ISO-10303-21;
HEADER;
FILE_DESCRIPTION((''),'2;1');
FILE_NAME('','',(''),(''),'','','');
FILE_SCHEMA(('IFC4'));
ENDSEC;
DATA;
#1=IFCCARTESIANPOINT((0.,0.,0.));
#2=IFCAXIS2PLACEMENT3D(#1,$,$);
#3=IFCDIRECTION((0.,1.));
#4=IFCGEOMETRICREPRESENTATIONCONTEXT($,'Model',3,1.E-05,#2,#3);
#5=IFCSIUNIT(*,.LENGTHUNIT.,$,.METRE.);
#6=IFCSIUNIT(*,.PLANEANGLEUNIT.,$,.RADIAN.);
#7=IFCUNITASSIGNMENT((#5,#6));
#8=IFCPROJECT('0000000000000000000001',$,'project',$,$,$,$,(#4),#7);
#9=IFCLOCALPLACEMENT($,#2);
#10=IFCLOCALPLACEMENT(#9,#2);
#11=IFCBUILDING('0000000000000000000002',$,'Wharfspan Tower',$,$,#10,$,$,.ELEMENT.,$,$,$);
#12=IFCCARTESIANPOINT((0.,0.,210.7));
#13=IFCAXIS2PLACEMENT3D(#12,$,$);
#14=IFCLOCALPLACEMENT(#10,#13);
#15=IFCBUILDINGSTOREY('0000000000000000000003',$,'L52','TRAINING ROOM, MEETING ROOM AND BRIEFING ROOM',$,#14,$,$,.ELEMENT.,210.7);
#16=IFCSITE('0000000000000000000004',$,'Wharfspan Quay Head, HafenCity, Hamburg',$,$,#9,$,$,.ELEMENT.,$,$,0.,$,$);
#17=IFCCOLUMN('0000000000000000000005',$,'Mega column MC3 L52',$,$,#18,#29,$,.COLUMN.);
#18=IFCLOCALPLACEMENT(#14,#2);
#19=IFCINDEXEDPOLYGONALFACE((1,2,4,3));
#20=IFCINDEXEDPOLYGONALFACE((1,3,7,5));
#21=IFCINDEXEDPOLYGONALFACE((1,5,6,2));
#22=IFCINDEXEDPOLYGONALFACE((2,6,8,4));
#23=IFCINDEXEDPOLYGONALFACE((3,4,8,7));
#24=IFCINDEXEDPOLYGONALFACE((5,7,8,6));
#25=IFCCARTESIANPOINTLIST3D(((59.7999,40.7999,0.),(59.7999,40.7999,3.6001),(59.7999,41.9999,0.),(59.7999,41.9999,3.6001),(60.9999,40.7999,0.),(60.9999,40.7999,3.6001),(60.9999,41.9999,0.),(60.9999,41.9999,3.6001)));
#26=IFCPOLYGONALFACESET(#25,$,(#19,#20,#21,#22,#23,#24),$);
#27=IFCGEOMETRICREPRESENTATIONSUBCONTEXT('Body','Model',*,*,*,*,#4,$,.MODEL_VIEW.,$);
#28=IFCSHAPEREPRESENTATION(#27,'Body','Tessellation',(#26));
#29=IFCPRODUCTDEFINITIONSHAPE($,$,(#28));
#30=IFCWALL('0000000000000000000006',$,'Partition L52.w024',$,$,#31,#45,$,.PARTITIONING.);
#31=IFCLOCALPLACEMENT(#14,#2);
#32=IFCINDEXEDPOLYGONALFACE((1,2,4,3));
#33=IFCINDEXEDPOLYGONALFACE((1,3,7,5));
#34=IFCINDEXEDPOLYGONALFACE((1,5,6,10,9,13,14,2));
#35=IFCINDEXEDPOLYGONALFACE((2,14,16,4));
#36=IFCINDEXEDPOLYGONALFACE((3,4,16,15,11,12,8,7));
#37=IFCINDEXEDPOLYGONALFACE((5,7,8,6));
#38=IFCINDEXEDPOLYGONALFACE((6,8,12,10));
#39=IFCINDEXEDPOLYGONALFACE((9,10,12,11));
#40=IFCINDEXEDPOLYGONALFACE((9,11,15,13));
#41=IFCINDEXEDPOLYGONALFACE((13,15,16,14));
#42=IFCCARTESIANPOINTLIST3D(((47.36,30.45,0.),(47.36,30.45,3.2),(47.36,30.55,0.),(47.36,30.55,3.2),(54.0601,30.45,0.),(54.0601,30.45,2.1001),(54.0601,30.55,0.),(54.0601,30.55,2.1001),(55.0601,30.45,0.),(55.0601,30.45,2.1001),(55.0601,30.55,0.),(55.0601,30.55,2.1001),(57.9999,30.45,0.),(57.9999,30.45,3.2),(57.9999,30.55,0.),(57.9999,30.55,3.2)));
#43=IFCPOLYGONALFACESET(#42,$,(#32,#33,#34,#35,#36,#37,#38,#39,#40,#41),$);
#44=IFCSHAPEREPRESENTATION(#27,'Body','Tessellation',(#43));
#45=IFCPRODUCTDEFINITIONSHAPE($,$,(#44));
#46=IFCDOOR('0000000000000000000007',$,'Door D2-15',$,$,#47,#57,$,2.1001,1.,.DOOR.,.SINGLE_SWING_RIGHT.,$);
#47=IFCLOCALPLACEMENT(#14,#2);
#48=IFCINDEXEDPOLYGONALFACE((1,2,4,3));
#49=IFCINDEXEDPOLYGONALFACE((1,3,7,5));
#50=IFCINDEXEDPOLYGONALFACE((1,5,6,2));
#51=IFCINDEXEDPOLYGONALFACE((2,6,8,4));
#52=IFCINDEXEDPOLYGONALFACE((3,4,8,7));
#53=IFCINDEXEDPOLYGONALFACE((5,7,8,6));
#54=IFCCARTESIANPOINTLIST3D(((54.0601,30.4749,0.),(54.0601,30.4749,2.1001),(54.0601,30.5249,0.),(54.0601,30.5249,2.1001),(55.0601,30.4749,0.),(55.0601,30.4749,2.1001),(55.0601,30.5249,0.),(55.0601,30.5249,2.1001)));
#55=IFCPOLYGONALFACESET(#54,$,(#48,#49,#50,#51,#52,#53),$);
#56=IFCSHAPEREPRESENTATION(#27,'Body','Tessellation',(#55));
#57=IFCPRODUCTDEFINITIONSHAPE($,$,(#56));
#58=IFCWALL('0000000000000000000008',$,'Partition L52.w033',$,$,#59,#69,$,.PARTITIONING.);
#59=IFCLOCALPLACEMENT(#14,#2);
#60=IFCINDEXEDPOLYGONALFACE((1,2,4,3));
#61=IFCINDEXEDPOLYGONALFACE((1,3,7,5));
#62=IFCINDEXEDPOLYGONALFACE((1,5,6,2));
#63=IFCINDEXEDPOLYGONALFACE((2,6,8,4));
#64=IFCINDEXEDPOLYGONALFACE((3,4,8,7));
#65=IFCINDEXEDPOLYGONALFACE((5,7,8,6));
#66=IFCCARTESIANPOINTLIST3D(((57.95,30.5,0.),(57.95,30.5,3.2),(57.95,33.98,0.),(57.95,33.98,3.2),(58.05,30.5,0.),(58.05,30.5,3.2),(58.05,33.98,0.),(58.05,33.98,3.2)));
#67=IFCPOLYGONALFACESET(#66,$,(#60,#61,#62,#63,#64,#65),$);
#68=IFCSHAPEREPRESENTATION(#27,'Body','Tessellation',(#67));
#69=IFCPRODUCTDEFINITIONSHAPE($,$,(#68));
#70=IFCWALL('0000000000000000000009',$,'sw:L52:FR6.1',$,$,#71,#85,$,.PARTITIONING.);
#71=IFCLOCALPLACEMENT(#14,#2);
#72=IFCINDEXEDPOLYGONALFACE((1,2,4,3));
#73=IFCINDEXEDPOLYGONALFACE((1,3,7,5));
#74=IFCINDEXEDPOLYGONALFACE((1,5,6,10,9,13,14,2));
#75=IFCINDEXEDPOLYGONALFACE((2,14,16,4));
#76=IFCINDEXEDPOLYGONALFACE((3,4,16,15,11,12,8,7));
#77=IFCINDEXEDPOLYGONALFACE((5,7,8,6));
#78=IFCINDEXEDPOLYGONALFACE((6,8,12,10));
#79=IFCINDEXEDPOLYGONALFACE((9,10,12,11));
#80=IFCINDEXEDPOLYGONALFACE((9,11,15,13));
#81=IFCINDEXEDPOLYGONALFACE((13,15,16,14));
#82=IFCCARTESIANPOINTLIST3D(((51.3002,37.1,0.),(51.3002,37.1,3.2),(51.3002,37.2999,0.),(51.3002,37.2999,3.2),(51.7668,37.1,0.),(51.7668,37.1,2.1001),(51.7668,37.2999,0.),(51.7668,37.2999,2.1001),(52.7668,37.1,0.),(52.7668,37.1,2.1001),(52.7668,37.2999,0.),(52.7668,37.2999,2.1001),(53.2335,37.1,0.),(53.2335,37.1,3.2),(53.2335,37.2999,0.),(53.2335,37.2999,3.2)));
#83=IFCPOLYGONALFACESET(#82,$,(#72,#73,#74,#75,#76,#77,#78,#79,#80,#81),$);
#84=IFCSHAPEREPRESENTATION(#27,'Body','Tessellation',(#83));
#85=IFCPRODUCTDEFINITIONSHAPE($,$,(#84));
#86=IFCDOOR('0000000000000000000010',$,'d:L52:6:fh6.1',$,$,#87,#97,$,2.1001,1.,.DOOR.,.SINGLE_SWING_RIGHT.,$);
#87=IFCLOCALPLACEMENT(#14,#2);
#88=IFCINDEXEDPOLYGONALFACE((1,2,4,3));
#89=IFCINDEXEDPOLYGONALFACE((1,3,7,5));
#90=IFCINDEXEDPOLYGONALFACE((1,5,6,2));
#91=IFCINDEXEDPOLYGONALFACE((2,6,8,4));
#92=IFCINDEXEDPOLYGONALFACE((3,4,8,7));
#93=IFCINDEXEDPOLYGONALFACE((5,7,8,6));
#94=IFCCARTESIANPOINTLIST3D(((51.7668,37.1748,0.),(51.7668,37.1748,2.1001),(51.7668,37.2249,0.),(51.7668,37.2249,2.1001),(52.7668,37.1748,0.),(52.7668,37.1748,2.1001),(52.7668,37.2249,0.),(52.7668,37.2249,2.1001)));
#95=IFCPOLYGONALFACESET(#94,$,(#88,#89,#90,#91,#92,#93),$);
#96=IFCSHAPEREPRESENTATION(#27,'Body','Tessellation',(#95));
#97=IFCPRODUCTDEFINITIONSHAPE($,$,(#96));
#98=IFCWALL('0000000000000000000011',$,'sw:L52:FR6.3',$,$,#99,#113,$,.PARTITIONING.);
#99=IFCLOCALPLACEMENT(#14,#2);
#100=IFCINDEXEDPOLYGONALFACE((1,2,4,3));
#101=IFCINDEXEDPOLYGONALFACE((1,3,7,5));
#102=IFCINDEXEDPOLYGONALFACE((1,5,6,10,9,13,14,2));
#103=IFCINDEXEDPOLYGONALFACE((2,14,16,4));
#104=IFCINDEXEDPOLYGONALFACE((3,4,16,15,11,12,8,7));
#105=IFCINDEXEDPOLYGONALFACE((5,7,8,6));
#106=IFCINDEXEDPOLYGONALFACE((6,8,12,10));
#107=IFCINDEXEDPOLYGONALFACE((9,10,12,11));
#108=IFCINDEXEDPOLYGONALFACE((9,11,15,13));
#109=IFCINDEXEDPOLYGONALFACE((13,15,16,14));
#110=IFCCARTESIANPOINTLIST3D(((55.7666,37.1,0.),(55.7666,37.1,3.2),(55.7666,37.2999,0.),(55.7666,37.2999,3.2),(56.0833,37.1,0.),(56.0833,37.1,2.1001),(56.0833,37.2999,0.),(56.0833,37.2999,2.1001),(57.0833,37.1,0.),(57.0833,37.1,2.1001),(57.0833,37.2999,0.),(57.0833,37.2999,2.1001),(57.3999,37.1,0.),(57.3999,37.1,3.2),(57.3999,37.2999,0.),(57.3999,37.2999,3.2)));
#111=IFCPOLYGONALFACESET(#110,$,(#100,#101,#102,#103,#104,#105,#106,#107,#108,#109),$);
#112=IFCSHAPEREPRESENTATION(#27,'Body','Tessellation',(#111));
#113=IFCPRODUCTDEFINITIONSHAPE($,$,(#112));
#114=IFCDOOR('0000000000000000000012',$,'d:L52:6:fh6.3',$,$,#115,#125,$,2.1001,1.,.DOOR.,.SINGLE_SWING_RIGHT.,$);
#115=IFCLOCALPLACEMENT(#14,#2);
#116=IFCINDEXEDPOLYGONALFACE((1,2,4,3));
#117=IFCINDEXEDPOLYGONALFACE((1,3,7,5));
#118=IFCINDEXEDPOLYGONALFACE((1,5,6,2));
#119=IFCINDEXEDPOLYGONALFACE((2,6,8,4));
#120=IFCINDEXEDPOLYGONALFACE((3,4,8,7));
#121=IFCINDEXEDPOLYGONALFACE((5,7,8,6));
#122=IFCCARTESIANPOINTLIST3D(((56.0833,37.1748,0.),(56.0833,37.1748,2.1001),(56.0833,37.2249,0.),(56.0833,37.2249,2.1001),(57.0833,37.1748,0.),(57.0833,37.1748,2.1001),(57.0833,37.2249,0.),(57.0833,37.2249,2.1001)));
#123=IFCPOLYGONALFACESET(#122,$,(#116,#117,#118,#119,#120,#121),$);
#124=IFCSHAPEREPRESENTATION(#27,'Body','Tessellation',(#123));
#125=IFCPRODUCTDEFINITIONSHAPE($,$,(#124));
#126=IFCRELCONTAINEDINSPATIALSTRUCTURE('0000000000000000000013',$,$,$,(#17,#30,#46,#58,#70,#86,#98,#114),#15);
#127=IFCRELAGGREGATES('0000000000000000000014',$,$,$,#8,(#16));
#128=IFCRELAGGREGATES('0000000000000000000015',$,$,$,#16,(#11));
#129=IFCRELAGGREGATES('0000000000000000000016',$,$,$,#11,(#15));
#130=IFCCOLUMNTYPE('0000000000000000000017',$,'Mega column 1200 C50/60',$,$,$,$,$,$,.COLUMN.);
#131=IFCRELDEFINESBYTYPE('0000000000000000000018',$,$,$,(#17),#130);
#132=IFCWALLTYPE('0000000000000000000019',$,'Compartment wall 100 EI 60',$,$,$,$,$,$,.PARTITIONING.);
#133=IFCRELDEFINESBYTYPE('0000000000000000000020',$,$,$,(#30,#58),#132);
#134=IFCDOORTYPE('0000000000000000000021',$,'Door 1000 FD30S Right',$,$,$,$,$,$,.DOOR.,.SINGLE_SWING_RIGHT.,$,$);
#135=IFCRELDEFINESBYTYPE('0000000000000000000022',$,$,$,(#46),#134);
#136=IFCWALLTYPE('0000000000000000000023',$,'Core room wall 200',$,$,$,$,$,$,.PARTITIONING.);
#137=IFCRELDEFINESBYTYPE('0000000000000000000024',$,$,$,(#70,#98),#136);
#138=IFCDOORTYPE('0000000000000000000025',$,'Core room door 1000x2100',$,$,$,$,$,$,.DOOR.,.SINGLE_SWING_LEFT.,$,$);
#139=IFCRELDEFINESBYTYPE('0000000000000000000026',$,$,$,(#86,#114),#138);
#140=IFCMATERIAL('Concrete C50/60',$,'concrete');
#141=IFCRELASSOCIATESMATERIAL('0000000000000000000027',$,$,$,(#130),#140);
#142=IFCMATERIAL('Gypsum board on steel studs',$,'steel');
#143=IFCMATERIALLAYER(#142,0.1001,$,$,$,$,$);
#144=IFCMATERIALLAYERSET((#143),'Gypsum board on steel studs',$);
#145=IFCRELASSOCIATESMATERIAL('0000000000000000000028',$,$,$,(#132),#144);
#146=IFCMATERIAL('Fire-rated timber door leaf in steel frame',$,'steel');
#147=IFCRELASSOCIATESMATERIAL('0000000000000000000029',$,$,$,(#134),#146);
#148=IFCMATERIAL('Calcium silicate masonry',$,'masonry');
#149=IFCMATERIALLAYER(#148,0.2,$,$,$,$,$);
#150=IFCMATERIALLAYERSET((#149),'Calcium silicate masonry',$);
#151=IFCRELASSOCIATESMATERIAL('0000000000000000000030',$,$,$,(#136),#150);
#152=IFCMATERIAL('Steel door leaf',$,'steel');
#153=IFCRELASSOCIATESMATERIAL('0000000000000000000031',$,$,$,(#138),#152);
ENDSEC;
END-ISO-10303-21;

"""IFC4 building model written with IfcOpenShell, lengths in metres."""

from ifc_helpers import new_model, si_unit, direction, frame, frame_2d, origin, origin_2d, place, context, subcontext, project, spatial, rectangle, extrude, material, layer, layer_set, material_profile, profile_set, type_object, element, fill, save


model = new_model("IFC4")

# Units and contexts
model_context = context("Model", 3, precision=1e-05, world=origin(), true_north=direction((0.0, 1.0)))
body_context = subcontext(model_context, "Body", "Model", "MODEL_VIEW")
ifc_project = project(units=[si_unit("LENGTHUNIT", "METRE"), si_unit("PLANEANGLEUNIT", "RADIAN")], contexts=[model_context])

# Site, building, storey
site_placement = place(None, origin())
site = spatial("IfcSite", under=ifc_project, at=site_placement, Name="Wharfspan Quay Head, HafenCity, Hamburg", CompositionType="ELEMENT", RefElevation=0.0)
building_placement = place(site_placement, origin())
building = spatial("IfcBuilding", under=site, at=building_placement, Name="Wharfspan Tower", CompositionType="ELEMENT")
storey_placement = place(building_placement, frame((0.0, 0.0, 210.7)))
storey = spatial("IfcBuildingStorey", under=building, at=storey_placement, Name="L52", Description="TRAINING ROOM, MEETING ROOM AND BRIEFING ROOM", CompositionType="ELEMENT", Elevation=210.7)

# Column
ifc_material_1 = material(Name="Concrete C50/60", Category="concrete")
ifc_material_profile = material_profile(ifc_material_1, rectangle(XDim=1.2, YDim=1.2, at=origin_2d()))
ifc_profile_set = profile_set([ifc_material_profile], Name="Concrete C50/60")
column_type = type_object("IfcColumnType", Name="Mega column 1200 C50/60", PredefinedType="COLUMN", material=ifc_profile_set)
column_placement = place(storey_placement, frame((60.3999, 41.3999, 0.0), z_axis=(0.0, 0.0, 1.0), x_axis=(1.0, 0.0, 0.0)))
element("IfcColumn", 1, at=column_placement, inside=storey, type_object=column_type, Name="Mega column MC3 L52", PredefinedType="COLUMN", context=body_context, shape_type="SweptSolid", body=[
    extrude(rectangle(XDim=1.2, YDim=1.2, at=origin_2d()), origin(), (0.0, 0.0, 1.0), 3.6001),
])

# Wall, opening, door
ifc_material_2 = material(Name="Gypsum board on steel studs", Category="steel")
ifc_layer_1 = layer(ifc_material_2, 0.1001)
ifc_layer_set_1 = layer_set([ifc_layer_1], Name="Gypsum board on steel studs")
wall_type_1 = type_object("IfcWallType", Name="Compartment wall 100 EI 60", PredefinedType="PARTITIONING", material=ifc_layer_set_1)
wall_1_placement = place(storey_placement, frame((47.3601, 30.5, 0.0), z_axis=(0.0, 0.0, 1.0), x_axis=(1.0, 0.0, 0.0)))
wall_1 = element("IfcWall", 2, at=wall_1_placement, inside=storey, type_object=wall_type_1, Name="Partition L52.w024", PredefinedType="PARTITIONING", context=body_context, shape_type="SweptSolid", body=[
    extrude(rectangle(XDim=10.6399, YDim=0.1001, at=frame_2d((5.3198, 0.0))), origin(), (0.0, 0.0, 1.0), 3.2),
])
opening_1_placement = place(wall_1_placement, frame((6.7, 0.0, 0.0)))
opening_1 = element("IfcOpeningElement", 3, at=opening_1_placement, cuts=wall_1, PredefinedType="OPENING", context=body_context, shape_type="SweptSolid", body=[
    extrude(rectangle(XDim=1.0, YDim=2.1001, at=frame_2d((0.5, 1.05))), frame((0.0, 0.0601, 0.0), z_axis=(0.0, -1.0, 0.0), x_axis=(1.0, 0.0, 0.0)), (0.0, 0.0, 1.0), 0.1201),
])
ifc_material_3 = material(Name="Fire-rated timber door leaf in steel frame", Category="steel")
door_type_1 = type_object("IfcDoorType", Name="Door 1000 FD30S Right", OperationType="SINGLE_SWING_RIGHT", PredefinedType="DOOR", material=ifc_material_3)
door_1_placement = place(opening_1_placement, origin())
door_1 = element("IfcDoor", 4, at=door_1_placement, inside=storey, type_object=door_type_1, Name="Door D2-15", OperationType="SINGLE_SWING_RIGHT", OverallHeight=2.1001, OverallWidth=1.0, PredefinedType="DOOR", context=body_context, shape_type="SweptSolid", body=[
    extrude(rectangle(XDim=1.0, YDim=2.1001, at=frame_2d((0.5, 1.05))), frame((0.0, 0.0249, 0.0), z_axis=(0.0, -1.0, 0.0), x_axis=(1.0, 0.0, 0.0)), (0.0, 0.0, 1.0), 0.05),
])
fill(opening_1, door_1)

# Wall
wall_2_placement = place(storey_placement, frame((58.0, 30.5, 0.0), z_axis=(0.0, 0.0, 1.0), x_axis=(0.0, 1.0, 0.0)))
element("IfcWall", 5, at=wall_2_placement, inside=storey, type_object=wall_type_1, Name="Partition L52.w033", PredefinedType="PARTITIONING", context=body_context, shape_type="SweptSolid", body=[
    extrude(rectangle(XDim=3.48, YDim=0.1001, at=frame_2d((1.74, 0.0))), origin(), (0.0, 0.0, 1.0), 3.2),
])

# Walls, openings, doors
ifc_material_4 = material(Name="Calcium silicate masonry", Category="masonry")
ifc_layer_2 = layer(ifc_material_4, 0.2)
ifc_layer_set_2 = layer_set([ifc_layer_2], Name="Calcium silicate masonry")
wall_type_2 = type_object("IfcWallType", Name="Core room wall 200", PredefinedType="PARTITIONING", material=ifc_layer_set_2)
wall_3_placement = place(storey_placement, frame((51.3, 37.2, 0.0), z_axis=(0.0, 0.0, 1.0), x_axis=(1.0, 0.0, 0.0)))
wall_3 = element("IfcWall", 6, at=wall_3_placement, inside=storey, type_object=wall_type_2, Name="sw:L52:FR6.1", PredefinedType="PARTITIONING", context=body_context, shape_type="SweptSolid", body=[
    extrude(rectangle(XDim=1.9333, YDim=0.2, at=frame_2d((0.9668, 0.0))), origin(), (0.0, 0.0, 1.0), 3.2),
])
opening_2_placement = place(wall_3_placement, frame((0.4668, 0.0, 0.0)))
opening_2 = element("IfcOpeningElement", 7, at=opening_2_placement, cuts=wall_3, PredefinedType="OPENING", context=body_context, shape_type="SweptSolid", body=[
    extrude(rectangle(XDim=1.0, YDim=2.1001, at=frame_2d((0.5, 1.05))), frame((0.0, 0.1099, 0.0), z_axis=(0.0, -1.0, 0.0), x_axis=(1.0, 0.0, 0.0)), (0.0, 0.0, 1.0), 0.22),
])
ifc_material_5 = material(Name="Steel door leaf", Category="steel")
door_type_2 = type_object("IfcDoorType", Name="Core room door 1000x2100", OperationType="SINGLE_SWING_LEFT", PredefinedType="DOOR", material=ifc_material_5)
door_2_placement = place(opening_2_placement, origin())
door_2 = element("IfcDoor", 8, at=door_2_placement, inside=storey, type_object=door_type_2, Name="d:L52:6:fh6.1", OperationType="SINGLE_SWING_RIGHT", OverallHeight=2.1001, OverallWidth=1.0, PredefinedType="DOOR", context=body_context, shape_type="SweptSolid", body=[
    extrude(rectangle(XDim=1.0, YDim=2.1001, at=frame_2d((0.5, 1.05))), frame((0.0, 0.0249, 0.0), z_axis=(0.0, -1.0, 0.0), x_axis=(1.0, 0.0, 0.0)), (0.0, 0.0, 1.0), 0.05),
])
fill(opening_2, door_2)
wall_4_placement = place(storey_placement, frame((55.7666, 37.2, 0.0), z_axis=(0.0, 0.0, 1.0), x_axis=(1.0, 0.0, 0.0)))
wall_4 = element("IfcWall", 9, at=wall_4_placement, inside=storey, type_object=wall_type_2, Name="sw:L52:FR6.3", PredefinedType="PARTITIONING", context=body_context, shape_type="SweptSolid", body=[
    extrude(rectangle(XDim=1.6333, YDim=0.2, at=frame_2d((0.8166, 0.0))), origin(), (0.0, 0.0, 1.0), 3.2),
])
opening_3_placement = place(wall_4_placement, frame((0.3166, 0.0, 0.0)))
opening_3 = element("IfcOpeningElement", 10, at=opening_3_placement, cuts=wall_4, PredefinedType="OPENING", context=body_context, shape_type="SweptSolid", body=[
    extrude(rectangle(XDim=1.0, YDim=2.1001, at=frame_2d((0.5, 1.05))), frame((0.0, 0.1099, 0.0), z_axis=(0.0, -1.0, 0.0), x_axis=(1.0, 0.0, 0.0)), (0.0, 0.0, 1.0), 0.22),
])
door_3_placement = place(opening_3_placement, origin())
door_3 = element("IfcDoor", 11, at=door_3_placement, inside=storey, type_object=door_type_2, Name="d:L52:6:fh6.3", OperationType="SINGLE_SWING_RIGHT", OverallHeight=2.1001, OverallWidth=1.0, PredefinedType="DOOR", context=body_context, shape_type="SweptSolid", body=[
    extrude(rectangle(XDim=1.0, YDim=2.1001, at=frame_2d((0.5, 1.05))), frame((0.0, 0.0249, 0.0), z_axis=(0.0, -1.0, 0.0), x_axis=(1.0, 0.0, 0.0)), (0.0, 0.0, 1.0), 0.05),
])
fill(opening_3, door_3)

save(model, "model.ifc")
